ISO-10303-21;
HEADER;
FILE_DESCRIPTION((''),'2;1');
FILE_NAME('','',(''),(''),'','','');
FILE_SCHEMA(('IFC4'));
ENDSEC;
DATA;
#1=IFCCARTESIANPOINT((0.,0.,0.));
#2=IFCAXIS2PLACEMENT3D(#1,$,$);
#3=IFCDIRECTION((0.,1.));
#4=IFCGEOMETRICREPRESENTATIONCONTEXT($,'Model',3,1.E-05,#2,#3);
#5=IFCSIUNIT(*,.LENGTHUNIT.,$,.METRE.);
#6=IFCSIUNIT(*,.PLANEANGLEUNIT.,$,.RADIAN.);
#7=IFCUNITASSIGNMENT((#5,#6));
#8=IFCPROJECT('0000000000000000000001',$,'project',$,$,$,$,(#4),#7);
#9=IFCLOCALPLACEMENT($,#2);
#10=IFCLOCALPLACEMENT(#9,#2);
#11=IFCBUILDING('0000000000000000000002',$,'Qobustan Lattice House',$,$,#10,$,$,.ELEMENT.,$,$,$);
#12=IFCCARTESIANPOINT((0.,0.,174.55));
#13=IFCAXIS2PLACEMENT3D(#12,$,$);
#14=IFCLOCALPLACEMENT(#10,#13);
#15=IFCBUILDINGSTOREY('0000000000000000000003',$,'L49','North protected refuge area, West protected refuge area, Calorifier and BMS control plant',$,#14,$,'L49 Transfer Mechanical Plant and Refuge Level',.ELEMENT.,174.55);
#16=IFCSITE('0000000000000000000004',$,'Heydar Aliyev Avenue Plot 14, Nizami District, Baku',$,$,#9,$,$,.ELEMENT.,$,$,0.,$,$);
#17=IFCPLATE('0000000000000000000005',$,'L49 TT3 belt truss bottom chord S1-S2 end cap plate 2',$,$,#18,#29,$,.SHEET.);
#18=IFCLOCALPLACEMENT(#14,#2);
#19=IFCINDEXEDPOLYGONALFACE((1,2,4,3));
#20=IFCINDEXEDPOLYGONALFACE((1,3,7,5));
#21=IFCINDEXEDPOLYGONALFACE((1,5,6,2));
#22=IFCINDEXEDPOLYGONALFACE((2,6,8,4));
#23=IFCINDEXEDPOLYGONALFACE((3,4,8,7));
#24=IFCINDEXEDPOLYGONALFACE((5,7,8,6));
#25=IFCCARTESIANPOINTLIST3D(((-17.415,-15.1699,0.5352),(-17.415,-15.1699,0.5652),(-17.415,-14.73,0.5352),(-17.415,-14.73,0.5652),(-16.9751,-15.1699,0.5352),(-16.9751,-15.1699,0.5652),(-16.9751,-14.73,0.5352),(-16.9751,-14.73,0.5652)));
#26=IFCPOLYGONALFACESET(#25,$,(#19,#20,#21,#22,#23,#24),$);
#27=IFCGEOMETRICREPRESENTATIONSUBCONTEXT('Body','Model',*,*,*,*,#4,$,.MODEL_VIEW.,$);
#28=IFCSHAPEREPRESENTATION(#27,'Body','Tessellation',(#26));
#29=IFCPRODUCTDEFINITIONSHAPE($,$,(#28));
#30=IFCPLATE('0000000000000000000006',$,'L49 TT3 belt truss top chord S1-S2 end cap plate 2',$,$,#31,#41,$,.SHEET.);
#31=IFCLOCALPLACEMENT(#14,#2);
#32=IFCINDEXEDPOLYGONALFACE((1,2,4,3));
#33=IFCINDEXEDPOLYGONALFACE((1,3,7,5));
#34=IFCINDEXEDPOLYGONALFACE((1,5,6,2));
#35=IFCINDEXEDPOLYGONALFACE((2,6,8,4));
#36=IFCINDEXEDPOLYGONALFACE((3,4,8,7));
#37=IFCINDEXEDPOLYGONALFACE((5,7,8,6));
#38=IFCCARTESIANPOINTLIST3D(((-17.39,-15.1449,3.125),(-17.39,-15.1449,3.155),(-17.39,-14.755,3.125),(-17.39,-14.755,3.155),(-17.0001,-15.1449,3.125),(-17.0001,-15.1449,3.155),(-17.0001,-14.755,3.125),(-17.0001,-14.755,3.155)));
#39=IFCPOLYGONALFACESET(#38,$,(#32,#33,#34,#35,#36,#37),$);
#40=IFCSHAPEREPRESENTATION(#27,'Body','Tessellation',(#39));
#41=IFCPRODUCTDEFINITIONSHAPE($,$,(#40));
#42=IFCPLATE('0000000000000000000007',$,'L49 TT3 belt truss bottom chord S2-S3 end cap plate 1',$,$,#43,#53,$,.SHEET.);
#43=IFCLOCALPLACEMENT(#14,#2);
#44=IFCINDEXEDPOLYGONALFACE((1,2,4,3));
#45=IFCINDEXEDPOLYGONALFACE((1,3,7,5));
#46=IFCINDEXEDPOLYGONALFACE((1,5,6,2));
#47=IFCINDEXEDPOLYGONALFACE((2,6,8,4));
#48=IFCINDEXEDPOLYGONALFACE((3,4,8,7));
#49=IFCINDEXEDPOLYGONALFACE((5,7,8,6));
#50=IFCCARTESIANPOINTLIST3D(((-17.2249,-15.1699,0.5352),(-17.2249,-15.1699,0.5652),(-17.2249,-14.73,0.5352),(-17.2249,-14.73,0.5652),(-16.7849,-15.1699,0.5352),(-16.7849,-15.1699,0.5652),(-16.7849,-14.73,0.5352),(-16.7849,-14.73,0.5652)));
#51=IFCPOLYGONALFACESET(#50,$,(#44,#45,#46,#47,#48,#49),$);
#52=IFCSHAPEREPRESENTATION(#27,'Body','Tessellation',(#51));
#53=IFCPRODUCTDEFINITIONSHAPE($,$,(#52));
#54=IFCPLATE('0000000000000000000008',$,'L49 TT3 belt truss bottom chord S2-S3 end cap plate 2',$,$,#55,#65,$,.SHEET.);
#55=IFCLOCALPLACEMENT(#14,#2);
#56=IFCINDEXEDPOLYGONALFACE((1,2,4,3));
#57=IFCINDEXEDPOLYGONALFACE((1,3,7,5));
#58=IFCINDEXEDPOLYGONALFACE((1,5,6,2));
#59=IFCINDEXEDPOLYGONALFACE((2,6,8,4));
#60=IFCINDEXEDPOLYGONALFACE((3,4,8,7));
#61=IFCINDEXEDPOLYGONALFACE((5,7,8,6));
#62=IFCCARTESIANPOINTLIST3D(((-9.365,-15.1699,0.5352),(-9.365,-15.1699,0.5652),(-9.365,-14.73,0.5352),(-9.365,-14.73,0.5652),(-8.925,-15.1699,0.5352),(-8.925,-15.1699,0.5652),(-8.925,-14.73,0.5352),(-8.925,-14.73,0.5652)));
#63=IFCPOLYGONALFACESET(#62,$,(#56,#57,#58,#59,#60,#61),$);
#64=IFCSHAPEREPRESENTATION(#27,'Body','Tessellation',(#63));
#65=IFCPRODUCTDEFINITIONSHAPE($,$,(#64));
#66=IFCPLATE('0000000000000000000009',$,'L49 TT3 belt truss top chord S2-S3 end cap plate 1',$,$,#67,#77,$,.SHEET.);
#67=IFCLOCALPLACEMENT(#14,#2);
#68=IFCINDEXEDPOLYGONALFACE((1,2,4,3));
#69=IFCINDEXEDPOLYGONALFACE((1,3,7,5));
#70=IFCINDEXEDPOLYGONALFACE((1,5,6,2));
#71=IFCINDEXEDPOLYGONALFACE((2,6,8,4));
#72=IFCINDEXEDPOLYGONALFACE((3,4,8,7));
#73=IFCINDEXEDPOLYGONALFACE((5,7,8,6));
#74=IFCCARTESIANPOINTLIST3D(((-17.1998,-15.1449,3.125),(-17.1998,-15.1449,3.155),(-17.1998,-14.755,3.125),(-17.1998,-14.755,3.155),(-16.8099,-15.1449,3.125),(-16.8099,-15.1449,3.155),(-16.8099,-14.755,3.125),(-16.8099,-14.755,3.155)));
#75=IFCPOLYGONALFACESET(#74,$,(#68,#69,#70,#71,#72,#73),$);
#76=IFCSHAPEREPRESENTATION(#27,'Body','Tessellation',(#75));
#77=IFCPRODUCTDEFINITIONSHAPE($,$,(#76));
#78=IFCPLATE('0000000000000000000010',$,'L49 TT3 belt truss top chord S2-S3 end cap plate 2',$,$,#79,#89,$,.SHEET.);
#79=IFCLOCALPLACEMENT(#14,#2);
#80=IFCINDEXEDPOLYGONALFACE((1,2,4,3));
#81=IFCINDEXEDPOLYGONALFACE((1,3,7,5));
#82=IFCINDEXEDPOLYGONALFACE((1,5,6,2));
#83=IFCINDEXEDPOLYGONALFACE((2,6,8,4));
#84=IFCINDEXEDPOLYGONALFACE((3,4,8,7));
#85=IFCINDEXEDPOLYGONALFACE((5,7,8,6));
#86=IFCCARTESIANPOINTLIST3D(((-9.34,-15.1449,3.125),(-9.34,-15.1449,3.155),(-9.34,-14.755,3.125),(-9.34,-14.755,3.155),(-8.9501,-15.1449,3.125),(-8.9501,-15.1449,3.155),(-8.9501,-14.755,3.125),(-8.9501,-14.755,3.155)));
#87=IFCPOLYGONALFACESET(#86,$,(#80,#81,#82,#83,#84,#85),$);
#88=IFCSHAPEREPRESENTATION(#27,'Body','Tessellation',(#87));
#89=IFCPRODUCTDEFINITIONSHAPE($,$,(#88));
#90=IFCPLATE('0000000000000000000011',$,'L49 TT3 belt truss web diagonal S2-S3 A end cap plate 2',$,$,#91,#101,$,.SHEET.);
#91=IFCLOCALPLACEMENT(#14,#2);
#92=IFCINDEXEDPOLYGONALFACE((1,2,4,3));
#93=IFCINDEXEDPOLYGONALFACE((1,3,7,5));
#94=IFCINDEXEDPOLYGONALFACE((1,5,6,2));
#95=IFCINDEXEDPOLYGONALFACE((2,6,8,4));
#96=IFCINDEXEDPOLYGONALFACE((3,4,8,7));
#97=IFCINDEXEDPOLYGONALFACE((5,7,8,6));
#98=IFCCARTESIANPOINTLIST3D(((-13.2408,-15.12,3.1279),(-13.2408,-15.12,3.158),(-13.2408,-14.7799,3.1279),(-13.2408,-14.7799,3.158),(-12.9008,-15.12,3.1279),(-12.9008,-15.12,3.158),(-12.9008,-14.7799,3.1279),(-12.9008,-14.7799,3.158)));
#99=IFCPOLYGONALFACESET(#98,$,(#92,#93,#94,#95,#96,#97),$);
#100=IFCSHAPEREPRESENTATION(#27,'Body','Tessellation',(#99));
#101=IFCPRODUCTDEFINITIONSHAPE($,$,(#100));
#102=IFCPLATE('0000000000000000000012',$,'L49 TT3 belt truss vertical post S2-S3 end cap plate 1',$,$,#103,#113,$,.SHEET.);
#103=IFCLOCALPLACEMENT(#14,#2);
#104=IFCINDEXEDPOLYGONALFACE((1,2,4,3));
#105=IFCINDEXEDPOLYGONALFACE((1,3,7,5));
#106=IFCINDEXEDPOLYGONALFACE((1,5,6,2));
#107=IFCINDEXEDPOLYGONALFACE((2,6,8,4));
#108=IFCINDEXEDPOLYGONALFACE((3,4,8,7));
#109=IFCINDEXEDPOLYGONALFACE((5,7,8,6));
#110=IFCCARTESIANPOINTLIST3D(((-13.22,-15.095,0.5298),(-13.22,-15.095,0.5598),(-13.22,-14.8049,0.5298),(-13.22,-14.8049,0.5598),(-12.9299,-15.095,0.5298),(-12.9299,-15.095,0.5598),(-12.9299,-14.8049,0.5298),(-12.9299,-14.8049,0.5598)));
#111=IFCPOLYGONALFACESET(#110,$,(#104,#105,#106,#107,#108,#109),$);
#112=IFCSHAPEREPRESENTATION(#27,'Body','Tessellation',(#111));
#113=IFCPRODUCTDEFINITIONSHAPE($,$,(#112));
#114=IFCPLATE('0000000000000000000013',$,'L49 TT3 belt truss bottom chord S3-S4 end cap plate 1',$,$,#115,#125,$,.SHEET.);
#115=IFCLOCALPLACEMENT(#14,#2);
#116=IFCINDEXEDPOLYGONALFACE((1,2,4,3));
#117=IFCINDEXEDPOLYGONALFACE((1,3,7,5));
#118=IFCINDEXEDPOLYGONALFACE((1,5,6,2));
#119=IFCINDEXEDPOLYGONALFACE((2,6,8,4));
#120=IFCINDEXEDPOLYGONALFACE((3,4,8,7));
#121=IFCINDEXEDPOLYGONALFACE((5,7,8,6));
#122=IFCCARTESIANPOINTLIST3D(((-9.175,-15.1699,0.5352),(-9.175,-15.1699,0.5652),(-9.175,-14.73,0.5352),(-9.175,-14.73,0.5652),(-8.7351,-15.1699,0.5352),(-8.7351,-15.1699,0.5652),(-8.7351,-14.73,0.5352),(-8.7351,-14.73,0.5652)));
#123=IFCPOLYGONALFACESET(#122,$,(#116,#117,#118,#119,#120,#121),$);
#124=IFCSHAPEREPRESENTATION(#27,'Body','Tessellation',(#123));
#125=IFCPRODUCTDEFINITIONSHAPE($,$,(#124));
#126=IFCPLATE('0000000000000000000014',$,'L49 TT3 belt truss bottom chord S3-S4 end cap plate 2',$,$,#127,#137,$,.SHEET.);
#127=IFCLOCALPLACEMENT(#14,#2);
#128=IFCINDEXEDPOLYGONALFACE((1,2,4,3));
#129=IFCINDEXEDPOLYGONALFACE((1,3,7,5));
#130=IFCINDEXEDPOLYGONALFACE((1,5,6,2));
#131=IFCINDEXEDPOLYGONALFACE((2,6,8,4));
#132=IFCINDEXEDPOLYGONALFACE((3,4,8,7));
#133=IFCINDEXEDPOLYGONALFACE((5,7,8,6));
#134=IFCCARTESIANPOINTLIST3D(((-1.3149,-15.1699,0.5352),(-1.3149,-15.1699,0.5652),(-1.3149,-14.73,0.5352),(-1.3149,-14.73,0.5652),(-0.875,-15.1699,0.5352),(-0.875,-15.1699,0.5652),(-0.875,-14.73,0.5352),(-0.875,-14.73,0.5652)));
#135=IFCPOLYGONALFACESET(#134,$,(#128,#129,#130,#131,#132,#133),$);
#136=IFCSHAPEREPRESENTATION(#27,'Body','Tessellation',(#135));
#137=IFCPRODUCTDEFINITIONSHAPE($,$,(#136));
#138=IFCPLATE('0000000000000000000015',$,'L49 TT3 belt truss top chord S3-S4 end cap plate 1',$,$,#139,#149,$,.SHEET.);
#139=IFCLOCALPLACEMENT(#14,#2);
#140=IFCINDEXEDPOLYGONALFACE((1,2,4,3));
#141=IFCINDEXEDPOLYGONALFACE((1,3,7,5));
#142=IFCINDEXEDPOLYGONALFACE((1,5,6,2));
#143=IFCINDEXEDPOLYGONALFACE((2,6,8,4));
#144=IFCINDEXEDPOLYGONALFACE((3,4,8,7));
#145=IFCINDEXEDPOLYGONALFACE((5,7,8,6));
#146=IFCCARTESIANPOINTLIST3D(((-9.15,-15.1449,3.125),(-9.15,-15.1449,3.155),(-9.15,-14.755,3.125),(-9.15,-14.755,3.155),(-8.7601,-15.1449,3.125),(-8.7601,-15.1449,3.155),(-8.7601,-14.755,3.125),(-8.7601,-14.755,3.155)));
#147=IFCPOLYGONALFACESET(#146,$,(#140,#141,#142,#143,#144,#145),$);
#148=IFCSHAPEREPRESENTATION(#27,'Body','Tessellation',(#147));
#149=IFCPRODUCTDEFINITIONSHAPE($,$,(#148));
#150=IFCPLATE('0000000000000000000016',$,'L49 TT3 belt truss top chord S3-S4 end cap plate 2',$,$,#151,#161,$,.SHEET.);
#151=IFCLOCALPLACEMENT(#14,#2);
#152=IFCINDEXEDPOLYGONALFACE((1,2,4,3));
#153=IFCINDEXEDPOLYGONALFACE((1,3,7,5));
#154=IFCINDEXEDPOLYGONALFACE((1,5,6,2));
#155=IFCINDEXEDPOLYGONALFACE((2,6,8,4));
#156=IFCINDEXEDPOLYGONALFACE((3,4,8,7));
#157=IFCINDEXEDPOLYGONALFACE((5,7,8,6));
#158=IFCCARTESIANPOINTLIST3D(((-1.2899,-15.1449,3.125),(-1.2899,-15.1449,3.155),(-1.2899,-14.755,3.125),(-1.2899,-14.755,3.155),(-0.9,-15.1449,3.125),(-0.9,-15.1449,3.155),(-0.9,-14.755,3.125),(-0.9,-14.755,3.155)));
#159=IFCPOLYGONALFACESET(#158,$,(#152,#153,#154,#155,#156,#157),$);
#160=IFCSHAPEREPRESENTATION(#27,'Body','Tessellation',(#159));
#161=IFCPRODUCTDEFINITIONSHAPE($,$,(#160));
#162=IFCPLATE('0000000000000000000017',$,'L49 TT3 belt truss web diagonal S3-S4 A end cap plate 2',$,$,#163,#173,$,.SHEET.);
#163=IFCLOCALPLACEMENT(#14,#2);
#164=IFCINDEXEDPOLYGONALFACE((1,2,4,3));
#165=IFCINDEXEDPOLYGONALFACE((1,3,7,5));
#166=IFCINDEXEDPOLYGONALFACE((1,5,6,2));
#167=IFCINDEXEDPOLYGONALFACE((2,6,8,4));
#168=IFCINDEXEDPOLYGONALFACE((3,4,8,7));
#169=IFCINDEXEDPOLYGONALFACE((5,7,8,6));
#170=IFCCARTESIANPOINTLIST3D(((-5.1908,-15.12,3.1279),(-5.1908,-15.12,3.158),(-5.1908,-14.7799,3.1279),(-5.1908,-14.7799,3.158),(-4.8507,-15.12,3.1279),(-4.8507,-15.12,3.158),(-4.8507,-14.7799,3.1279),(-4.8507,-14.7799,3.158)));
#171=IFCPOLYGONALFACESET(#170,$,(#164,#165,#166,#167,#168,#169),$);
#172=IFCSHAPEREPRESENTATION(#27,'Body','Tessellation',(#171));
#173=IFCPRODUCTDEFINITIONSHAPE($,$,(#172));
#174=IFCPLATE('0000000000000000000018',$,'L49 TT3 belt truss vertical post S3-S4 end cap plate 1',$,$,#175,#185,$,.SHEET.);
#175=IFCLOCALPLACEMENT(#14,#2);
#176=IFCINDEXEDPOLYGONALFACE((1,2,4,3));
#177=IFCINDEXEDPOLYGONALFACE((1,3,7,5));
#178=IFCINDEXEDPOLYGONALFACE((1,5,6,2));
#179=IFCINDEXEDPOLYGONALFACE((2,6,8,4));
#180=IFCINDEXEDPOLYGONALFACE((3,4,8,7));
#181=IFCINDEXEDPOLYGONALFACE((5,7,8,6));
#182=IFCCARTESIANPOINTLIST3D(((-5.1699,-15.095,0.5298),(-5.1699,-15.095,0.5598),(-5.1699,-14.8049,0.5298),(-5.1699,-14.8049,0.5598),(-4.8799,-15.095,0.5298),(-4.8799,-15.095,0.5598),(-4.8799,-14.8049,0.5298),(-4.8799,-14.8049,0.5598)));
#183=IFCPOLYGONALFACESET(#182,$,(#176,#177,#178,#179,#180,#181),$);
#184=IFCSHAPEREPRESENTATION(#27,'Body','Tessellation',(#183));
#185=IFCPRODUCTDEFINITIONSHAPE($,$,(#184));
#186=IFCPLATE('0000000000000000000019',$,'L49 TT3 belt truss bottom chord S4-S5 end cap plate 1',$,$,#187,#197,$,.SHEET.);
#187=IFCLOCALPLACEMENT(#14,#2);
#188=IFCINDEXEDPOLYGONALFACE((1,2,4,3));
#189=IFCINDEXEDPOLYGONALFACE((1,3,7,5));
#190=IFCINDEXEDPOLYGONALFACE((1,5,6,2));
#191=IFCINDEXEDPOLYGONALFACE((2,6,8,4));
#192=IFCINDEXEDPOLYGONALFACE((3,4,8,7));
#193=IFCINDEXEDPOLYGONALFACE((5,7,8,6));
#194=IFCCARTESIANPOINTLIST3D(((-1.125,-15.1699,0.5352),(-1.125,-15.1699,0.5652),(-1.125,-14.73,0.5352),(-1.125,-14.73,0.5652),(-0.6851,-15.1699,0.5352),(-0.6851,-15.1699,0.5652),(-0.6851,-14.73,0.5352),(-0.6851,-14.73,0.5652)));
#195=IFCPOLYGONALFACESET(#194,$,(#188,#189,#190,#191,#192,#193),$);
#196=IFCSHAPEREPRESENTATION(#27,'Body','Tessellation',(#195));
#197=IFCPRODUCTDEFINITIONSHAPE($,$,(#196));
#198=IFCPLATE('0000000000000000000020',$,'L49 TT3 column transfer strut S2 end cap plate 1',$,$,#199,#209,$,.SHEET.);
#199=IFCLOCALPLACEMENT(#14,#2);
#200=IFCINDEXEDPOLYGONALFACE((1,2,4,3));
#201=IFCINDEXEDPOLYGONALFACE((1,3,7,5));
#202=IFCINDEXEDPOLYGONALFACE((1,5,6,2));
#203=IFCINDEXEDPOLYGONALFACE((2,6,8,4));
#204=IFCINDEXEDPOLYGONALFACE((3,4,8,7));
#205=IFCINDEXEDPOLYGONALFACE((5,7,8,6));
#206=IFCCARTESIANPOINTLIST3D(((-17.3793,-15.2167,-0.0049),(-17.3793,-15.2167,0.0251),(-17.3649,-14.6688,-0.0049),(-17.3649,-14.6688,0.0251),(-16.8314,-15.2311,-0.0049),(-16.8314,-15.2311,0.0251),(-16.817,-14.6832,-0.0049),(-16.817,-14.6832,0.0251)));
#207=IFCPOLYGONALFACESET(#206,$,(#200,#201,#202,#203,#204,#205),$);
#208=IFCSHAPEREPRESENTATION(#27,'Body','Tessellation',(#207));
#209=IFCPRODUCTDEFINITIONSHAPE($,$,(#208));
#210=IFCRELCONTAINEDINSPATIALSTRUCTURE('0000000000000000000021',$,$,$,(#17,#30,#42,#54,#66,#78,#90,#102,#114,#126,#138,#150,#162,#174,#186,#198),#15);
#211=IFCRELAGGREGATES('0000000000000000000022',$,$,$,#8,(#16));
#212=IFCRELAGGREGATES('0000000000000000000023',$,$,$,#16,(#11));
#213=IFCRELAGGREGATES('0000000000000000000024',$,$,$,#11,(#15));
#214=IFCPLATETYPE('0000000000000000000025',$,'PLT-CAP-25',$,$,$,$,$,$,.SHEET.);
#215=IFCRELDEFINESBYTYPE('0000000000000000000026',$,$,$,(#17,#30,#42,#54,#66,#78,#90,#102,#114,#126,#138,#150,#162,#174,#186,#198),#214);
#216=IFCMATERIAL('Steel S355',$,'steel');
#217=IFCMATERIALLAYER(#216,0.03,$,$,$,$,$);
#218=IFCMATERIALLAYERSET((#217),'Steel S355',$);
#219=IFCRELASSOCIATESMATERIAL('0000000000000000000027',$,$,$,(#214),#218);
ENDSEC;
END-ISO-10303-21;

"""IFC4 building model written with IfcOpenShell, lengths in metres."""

from ifc_helpers import new_model, si_unit, direction, frame, origin, origin_2d, place, context, subcontext, project, spatial, rectangle, extrude, material, layer, layer_set, type_object, element, save


model = new_model("IFC4")

# Units and contexts
model_context = context("Model", 3, precision=1e-05, world=origin(), true_north=direction((0.0, 1.0)))
body_context = subcontext(model_context, "Body", "Model", "MODEL_VIEW")
ifc_project = project(units=[si_unit("LENGTHUNIT", "METRE"), si_unit("PLANEANGLEUNIT", "RADIAN")], contexts=[model_context])

# Site, building, storey
site_placement = place(None, origin())
site = spatial("IfcSite", under=ifc_project, at=site_placement, Name="Heydar Aliyev Avenue Plot 14, Nizami District, Baku", CompositionType="ELEMENT", RefElevation=0.0)
building_placement = place(site_placement, origin())
building = spatial("IfcBuilding", under=site, at=building_placement, Name="Qobustan Lattice House", CompositionType="ELEMENT")
storey_placement = place(building_placement, frame((0.0, 0.0, 174.55)))
storey = spatial("IfcBuildingStorey", under=building, at=storey_placement, Name="L49", Description="North protected refuge area, West protected refuge area, Calorifier and BMS control plant", LongName="L49 Transfer Mechanical Plant and Refuge Level", CompositionType="ELEMENT", Elevation=174.55)

# Plates
ifc_material_1 = material(Name="Steel S355", Category="steel")
ifc_layer = layer(ifc_material_1, 0.03)
ifc_layer_set = layer_set([ifc_layer], Name="Steel S355")
plate_type = type_object("IfcPlateType", Name="PLT-CAP-25", PredefinedType="SHEET", material=ifc_layer_set)
plate_1_placement = place(storey_placement, frame((-17.1951, -14.95, 0.5352), z_axis=(0.0, 0.0, 1.0), x_axis=(1.0, 0.0, 0.0)))
element("IfcPlate", 1, at=plate_1_placement, inside=storey, type_object=plate_type, Name="L49 TT3 belt truss bottom chord S1-S2 end cap plate 2", PredefinedType="SHEET", context=body_context, shape_type="SweptSolid", body=[
    extrude(rectangle(XDim=0.4399, YDim=0.4399, at=origin_2d()), origin(), (0.0, 0.0, 1.0), 0.03),
])
plate_2_placement = place(storey_placement, frame((-17.1951, -14.95, 3.125), z_axis=(0.0, 0.0, 1.0), x_axis=(1.0, 0.0, 0.0)))
element("IfcPlate", 2, at=plate_2_placement, inside=storey, type_object=plate_type, Name="L49 TT3 belt truss top chord S1-S2 end cap plate 2", PredefinedType="SHEET", context=body_context, shape_type="SweptSolid", body=[
    extrude(rectangle(XDim=0.3899, YDim=0.3899, at=origin_2d()), origin(), (0.0, 0.0, 1.0), 0.03),
])
for number, where, z_axis, x_axis, name in (
    (3, (-17.0049, -14.95, 0.5352), (0.0, 0.0, 1.0), (1.0, 0.0, 0.0), "L49 TT3 belt truss bottom chord S2-S3 end cap plate 1"),
    (4, (-9.145, -14.95, 0.5352), (0.0, 0.0, 1.0), (1.0, 0.0, 0.0), "L49 TT3 belt truss bottom chord S2-S3 end cap plate 2"),
):
    element("IfcPlate", number, at=place(storey_placement, frame(where, z_axis=z_axis, x_axis=x_axis)), inside=storey, type_object=plate_type, Name=name, PredefinedType="SHEET", context=body_context, shape_type="SweptSolid", body=[
        extrude(rectangle(XDim=0.4399, YDim=0.4399, at=origin_2d()), origin(), (0.0, 0.0, 1.0), 0.03),
    ])
for number, where, z_axis, x_axis, name in (
    (5, (-17.0049, -14.95, 3.125), (0.0, 0.0, 1.0), (1.0, 0.0, 0.0), "L49 TT3 belt truss top chord S2-S3 end cap plate 1"),
    (6, (-9.145, -14.95, 3.125), (0.0, 0.0, 1.0), (1.0, 0.0, 0.0), "L49 TT3 belt truss top chord S2-S3 end cap plate 2"),
):
    element("IfcPlate", number, at=place(storey_placement, frame(where, z_axis=z_axis, x_axis=x_axis)), inside=storey, type_object=plate_type, Name=name, PredefinedType="SHEET", context=body_context, shape_type="SweptSolid", body=[
        extrude(rectangle(XDim=0.3899, YDim=0.3899, at=origin_2d()), origin(), (0.0, 0.0, 1.0), 0.03),
    ])
plate_3_placement = place(storey_placement, frame((-13.0708, -14.95, 3.1279), z_axis=(0.0, 0.0, 1.0), x_axis=(1.0, 0.0, 0.0)))
element("IfcPlate", 7, at=plate_3_placement, inside=storey, type_object=plate_type, Name="L49 TT3 belt truss web diagonal S2-S3 A end cap plate 2", PredefinedType="SHEET", context=body_context, shape_type="SweptSolid", body=[
    extrude(rectangle(XDim=0.3401, YDim=0.3401, at=origin_2d()), origin(), (0.0, 0.0, 1.0), 0.03),
])
plate_4_placement = place(storey_placement, frame((-13.075, -14.95, 0.5298), z_axis=(0.0, 0.0, 1.0), x_axis=(1.0, 0.0, 0.0)))
element("IfcPlate", 8, at=plate_4_placement, inside=storey, type_object=plate_type, Name="L49 TT3 belt truss vertical post S2-S3 end cap plate 1", PredefinedType="SHEET", context=body_context, shape_type="SweptSolid", body=[
    extrude(rectangle(XDim=0.29, YDim=0.29, at=origin_2d()), origin(), (0.0, 0.0, 1.0), 0.03),
])
for number, where, z_axis, x_axis, name in (
    (9, (-8.9551, -14.95, 0.5352), (0.0, 0.0, 1.0), (1.0, 0.0, 0.0), "L49 TT3 belt truss bottom chord S3-S4 end cap plate 1"),
    (10, (-1.095, -14.95, 0.5352), (0.0, 0.0, 1.0), (1.0, 0.0, 0.0), "L49 TT3 belt truss bottom chord S3-S4 end cap plate 2"),
):
    element("IfcPlate", number, at=place(storey_placement, frame(where, z_axis=z_axis, x_axis=x_axis)), inside=storey, type_object=plate_type, Name=name, PredefinedType="SHEET", context=body_context, shape_type="SweptSolid", body=[
        extrude(rectangle(XDim=0.4399, YDim=0.4399, at=origin_2d()), origin(), (0.0, 0.0, 1.0), 0.03),
    ])
for number, where, z_axis, x_axis, name in (
    (11, (-8.9551, -14.95, 3.125), (0.0, 0.0, 1.0), (1.0, 0.0, 0.0), "L49 TT3 belt truss top chord S3-S4 end cap plate 1"),
    (12, (-1.095, -14.95, 3.125), (0.0, 0.0, 1.0), (1.0, 0.0, 0.0), "L49 TT3 belt truss top chord S3-S4 end cap plate 2"),
):
    element("IfcPlate", number, at=place(storey_placement, frame(where, z_axis=z_axis, x_axis=x_axis)), inside=storey, type_object=plate_type, Name=name, PredefinedType="SHEET", context=body_context, shape_type="SweptSolid", body=[
        extrude(rectangle(XDim=0.3899, YDim=0.3899, at=origin_2d()), origin(), (0.0, 0.0, 1.0), 0.03),
    ])
plate_5_placement = place(storey_placement, frame((-5.0208, -14.95, 3.1279), z_axis=(0.0, 0.0, 1.0), x_axis=(1.0, 0.0, 0.0)))
element("IfcPlate", 13, at=plate_5_placement, inside=storey, type_object=plate_type, Name="L49 TT3 belt truss web diagonal S3-S4 A end cap plate 2", PredefinedType="SHEET", context=body_context, shape_type="SweptSolid", body=[
    extrude(rectangle(XDim=0.3401, YDim=0.3401, at=origin_2d()), origin(), (0.0, 0.0, 1.0), 0.03),
])
plate_6_placement = place(storey_placement, frame((-5.0249, -14.95, 0.5298), z_axis=(0.0, 0.0, 1.0), x_axis=(1.0, 0.0, 0.0)))
element("IfcPlate", 14, at=plate_6_placement, inside=storey, type_object=plate_type, Name="L49 TT3 belt truss vertical post S3-S4 end cap plate 1", PredefinedType="SHEET", context=body_context, shape_type="SweptSolid", body=[
    extrude(rectangle(XDim=0.29, YDim=0.29, at=origin_2d()), origin(), (0.0, 0.0, 1.0), 0.03),
])
plate_7_placement = place(storey_placement, frame((-0.905, -14.95, 0.5352), z_axis=(0.0, 0.0, 1.0), x_axis=(1.0, 0.0, 0.0)))
element("IfcPlate", 15, at=plate_7_placement, inside=storey, type_object=plate_type, Name="L49 TT3 belt truss bottom chord S4-S5 end cap plate 1", PredefinedType="SHEET", context=body_context, shape_type="SweptSolid", body=[
    extrude(rectangle(XDim=0.4399, YDim=0.4399, at=origin_2d()), origin(), (0.0, 0.0, 1.0), 0.03),
])
for number, where, z_axis, x_axis, name in (
    (16, (-17.0981, -14.95, -0.0049), (0.0, 0.0, 1.0), (-0.999652, 0.026386, 0.0), "L49 TT3 column transfer strut S2 end cap plate 1"),
):
    element("IfcPlate", number, at=place(storey_placement, frame(where, z_axis=z_axis, x_axis=x_axis)), inside=storey, type_object=plate_type, Name=name, PredefinedType="SHEET", context=body_context, shape_type="SweptSolid", body=[
        extrude(rectangle(XDim=0.5481, YDim=0.5481, at=origin_2d()), origin(), (0.0, 0.0, 1.0), 0.03),
    ])

save(model, "model.ifc")
